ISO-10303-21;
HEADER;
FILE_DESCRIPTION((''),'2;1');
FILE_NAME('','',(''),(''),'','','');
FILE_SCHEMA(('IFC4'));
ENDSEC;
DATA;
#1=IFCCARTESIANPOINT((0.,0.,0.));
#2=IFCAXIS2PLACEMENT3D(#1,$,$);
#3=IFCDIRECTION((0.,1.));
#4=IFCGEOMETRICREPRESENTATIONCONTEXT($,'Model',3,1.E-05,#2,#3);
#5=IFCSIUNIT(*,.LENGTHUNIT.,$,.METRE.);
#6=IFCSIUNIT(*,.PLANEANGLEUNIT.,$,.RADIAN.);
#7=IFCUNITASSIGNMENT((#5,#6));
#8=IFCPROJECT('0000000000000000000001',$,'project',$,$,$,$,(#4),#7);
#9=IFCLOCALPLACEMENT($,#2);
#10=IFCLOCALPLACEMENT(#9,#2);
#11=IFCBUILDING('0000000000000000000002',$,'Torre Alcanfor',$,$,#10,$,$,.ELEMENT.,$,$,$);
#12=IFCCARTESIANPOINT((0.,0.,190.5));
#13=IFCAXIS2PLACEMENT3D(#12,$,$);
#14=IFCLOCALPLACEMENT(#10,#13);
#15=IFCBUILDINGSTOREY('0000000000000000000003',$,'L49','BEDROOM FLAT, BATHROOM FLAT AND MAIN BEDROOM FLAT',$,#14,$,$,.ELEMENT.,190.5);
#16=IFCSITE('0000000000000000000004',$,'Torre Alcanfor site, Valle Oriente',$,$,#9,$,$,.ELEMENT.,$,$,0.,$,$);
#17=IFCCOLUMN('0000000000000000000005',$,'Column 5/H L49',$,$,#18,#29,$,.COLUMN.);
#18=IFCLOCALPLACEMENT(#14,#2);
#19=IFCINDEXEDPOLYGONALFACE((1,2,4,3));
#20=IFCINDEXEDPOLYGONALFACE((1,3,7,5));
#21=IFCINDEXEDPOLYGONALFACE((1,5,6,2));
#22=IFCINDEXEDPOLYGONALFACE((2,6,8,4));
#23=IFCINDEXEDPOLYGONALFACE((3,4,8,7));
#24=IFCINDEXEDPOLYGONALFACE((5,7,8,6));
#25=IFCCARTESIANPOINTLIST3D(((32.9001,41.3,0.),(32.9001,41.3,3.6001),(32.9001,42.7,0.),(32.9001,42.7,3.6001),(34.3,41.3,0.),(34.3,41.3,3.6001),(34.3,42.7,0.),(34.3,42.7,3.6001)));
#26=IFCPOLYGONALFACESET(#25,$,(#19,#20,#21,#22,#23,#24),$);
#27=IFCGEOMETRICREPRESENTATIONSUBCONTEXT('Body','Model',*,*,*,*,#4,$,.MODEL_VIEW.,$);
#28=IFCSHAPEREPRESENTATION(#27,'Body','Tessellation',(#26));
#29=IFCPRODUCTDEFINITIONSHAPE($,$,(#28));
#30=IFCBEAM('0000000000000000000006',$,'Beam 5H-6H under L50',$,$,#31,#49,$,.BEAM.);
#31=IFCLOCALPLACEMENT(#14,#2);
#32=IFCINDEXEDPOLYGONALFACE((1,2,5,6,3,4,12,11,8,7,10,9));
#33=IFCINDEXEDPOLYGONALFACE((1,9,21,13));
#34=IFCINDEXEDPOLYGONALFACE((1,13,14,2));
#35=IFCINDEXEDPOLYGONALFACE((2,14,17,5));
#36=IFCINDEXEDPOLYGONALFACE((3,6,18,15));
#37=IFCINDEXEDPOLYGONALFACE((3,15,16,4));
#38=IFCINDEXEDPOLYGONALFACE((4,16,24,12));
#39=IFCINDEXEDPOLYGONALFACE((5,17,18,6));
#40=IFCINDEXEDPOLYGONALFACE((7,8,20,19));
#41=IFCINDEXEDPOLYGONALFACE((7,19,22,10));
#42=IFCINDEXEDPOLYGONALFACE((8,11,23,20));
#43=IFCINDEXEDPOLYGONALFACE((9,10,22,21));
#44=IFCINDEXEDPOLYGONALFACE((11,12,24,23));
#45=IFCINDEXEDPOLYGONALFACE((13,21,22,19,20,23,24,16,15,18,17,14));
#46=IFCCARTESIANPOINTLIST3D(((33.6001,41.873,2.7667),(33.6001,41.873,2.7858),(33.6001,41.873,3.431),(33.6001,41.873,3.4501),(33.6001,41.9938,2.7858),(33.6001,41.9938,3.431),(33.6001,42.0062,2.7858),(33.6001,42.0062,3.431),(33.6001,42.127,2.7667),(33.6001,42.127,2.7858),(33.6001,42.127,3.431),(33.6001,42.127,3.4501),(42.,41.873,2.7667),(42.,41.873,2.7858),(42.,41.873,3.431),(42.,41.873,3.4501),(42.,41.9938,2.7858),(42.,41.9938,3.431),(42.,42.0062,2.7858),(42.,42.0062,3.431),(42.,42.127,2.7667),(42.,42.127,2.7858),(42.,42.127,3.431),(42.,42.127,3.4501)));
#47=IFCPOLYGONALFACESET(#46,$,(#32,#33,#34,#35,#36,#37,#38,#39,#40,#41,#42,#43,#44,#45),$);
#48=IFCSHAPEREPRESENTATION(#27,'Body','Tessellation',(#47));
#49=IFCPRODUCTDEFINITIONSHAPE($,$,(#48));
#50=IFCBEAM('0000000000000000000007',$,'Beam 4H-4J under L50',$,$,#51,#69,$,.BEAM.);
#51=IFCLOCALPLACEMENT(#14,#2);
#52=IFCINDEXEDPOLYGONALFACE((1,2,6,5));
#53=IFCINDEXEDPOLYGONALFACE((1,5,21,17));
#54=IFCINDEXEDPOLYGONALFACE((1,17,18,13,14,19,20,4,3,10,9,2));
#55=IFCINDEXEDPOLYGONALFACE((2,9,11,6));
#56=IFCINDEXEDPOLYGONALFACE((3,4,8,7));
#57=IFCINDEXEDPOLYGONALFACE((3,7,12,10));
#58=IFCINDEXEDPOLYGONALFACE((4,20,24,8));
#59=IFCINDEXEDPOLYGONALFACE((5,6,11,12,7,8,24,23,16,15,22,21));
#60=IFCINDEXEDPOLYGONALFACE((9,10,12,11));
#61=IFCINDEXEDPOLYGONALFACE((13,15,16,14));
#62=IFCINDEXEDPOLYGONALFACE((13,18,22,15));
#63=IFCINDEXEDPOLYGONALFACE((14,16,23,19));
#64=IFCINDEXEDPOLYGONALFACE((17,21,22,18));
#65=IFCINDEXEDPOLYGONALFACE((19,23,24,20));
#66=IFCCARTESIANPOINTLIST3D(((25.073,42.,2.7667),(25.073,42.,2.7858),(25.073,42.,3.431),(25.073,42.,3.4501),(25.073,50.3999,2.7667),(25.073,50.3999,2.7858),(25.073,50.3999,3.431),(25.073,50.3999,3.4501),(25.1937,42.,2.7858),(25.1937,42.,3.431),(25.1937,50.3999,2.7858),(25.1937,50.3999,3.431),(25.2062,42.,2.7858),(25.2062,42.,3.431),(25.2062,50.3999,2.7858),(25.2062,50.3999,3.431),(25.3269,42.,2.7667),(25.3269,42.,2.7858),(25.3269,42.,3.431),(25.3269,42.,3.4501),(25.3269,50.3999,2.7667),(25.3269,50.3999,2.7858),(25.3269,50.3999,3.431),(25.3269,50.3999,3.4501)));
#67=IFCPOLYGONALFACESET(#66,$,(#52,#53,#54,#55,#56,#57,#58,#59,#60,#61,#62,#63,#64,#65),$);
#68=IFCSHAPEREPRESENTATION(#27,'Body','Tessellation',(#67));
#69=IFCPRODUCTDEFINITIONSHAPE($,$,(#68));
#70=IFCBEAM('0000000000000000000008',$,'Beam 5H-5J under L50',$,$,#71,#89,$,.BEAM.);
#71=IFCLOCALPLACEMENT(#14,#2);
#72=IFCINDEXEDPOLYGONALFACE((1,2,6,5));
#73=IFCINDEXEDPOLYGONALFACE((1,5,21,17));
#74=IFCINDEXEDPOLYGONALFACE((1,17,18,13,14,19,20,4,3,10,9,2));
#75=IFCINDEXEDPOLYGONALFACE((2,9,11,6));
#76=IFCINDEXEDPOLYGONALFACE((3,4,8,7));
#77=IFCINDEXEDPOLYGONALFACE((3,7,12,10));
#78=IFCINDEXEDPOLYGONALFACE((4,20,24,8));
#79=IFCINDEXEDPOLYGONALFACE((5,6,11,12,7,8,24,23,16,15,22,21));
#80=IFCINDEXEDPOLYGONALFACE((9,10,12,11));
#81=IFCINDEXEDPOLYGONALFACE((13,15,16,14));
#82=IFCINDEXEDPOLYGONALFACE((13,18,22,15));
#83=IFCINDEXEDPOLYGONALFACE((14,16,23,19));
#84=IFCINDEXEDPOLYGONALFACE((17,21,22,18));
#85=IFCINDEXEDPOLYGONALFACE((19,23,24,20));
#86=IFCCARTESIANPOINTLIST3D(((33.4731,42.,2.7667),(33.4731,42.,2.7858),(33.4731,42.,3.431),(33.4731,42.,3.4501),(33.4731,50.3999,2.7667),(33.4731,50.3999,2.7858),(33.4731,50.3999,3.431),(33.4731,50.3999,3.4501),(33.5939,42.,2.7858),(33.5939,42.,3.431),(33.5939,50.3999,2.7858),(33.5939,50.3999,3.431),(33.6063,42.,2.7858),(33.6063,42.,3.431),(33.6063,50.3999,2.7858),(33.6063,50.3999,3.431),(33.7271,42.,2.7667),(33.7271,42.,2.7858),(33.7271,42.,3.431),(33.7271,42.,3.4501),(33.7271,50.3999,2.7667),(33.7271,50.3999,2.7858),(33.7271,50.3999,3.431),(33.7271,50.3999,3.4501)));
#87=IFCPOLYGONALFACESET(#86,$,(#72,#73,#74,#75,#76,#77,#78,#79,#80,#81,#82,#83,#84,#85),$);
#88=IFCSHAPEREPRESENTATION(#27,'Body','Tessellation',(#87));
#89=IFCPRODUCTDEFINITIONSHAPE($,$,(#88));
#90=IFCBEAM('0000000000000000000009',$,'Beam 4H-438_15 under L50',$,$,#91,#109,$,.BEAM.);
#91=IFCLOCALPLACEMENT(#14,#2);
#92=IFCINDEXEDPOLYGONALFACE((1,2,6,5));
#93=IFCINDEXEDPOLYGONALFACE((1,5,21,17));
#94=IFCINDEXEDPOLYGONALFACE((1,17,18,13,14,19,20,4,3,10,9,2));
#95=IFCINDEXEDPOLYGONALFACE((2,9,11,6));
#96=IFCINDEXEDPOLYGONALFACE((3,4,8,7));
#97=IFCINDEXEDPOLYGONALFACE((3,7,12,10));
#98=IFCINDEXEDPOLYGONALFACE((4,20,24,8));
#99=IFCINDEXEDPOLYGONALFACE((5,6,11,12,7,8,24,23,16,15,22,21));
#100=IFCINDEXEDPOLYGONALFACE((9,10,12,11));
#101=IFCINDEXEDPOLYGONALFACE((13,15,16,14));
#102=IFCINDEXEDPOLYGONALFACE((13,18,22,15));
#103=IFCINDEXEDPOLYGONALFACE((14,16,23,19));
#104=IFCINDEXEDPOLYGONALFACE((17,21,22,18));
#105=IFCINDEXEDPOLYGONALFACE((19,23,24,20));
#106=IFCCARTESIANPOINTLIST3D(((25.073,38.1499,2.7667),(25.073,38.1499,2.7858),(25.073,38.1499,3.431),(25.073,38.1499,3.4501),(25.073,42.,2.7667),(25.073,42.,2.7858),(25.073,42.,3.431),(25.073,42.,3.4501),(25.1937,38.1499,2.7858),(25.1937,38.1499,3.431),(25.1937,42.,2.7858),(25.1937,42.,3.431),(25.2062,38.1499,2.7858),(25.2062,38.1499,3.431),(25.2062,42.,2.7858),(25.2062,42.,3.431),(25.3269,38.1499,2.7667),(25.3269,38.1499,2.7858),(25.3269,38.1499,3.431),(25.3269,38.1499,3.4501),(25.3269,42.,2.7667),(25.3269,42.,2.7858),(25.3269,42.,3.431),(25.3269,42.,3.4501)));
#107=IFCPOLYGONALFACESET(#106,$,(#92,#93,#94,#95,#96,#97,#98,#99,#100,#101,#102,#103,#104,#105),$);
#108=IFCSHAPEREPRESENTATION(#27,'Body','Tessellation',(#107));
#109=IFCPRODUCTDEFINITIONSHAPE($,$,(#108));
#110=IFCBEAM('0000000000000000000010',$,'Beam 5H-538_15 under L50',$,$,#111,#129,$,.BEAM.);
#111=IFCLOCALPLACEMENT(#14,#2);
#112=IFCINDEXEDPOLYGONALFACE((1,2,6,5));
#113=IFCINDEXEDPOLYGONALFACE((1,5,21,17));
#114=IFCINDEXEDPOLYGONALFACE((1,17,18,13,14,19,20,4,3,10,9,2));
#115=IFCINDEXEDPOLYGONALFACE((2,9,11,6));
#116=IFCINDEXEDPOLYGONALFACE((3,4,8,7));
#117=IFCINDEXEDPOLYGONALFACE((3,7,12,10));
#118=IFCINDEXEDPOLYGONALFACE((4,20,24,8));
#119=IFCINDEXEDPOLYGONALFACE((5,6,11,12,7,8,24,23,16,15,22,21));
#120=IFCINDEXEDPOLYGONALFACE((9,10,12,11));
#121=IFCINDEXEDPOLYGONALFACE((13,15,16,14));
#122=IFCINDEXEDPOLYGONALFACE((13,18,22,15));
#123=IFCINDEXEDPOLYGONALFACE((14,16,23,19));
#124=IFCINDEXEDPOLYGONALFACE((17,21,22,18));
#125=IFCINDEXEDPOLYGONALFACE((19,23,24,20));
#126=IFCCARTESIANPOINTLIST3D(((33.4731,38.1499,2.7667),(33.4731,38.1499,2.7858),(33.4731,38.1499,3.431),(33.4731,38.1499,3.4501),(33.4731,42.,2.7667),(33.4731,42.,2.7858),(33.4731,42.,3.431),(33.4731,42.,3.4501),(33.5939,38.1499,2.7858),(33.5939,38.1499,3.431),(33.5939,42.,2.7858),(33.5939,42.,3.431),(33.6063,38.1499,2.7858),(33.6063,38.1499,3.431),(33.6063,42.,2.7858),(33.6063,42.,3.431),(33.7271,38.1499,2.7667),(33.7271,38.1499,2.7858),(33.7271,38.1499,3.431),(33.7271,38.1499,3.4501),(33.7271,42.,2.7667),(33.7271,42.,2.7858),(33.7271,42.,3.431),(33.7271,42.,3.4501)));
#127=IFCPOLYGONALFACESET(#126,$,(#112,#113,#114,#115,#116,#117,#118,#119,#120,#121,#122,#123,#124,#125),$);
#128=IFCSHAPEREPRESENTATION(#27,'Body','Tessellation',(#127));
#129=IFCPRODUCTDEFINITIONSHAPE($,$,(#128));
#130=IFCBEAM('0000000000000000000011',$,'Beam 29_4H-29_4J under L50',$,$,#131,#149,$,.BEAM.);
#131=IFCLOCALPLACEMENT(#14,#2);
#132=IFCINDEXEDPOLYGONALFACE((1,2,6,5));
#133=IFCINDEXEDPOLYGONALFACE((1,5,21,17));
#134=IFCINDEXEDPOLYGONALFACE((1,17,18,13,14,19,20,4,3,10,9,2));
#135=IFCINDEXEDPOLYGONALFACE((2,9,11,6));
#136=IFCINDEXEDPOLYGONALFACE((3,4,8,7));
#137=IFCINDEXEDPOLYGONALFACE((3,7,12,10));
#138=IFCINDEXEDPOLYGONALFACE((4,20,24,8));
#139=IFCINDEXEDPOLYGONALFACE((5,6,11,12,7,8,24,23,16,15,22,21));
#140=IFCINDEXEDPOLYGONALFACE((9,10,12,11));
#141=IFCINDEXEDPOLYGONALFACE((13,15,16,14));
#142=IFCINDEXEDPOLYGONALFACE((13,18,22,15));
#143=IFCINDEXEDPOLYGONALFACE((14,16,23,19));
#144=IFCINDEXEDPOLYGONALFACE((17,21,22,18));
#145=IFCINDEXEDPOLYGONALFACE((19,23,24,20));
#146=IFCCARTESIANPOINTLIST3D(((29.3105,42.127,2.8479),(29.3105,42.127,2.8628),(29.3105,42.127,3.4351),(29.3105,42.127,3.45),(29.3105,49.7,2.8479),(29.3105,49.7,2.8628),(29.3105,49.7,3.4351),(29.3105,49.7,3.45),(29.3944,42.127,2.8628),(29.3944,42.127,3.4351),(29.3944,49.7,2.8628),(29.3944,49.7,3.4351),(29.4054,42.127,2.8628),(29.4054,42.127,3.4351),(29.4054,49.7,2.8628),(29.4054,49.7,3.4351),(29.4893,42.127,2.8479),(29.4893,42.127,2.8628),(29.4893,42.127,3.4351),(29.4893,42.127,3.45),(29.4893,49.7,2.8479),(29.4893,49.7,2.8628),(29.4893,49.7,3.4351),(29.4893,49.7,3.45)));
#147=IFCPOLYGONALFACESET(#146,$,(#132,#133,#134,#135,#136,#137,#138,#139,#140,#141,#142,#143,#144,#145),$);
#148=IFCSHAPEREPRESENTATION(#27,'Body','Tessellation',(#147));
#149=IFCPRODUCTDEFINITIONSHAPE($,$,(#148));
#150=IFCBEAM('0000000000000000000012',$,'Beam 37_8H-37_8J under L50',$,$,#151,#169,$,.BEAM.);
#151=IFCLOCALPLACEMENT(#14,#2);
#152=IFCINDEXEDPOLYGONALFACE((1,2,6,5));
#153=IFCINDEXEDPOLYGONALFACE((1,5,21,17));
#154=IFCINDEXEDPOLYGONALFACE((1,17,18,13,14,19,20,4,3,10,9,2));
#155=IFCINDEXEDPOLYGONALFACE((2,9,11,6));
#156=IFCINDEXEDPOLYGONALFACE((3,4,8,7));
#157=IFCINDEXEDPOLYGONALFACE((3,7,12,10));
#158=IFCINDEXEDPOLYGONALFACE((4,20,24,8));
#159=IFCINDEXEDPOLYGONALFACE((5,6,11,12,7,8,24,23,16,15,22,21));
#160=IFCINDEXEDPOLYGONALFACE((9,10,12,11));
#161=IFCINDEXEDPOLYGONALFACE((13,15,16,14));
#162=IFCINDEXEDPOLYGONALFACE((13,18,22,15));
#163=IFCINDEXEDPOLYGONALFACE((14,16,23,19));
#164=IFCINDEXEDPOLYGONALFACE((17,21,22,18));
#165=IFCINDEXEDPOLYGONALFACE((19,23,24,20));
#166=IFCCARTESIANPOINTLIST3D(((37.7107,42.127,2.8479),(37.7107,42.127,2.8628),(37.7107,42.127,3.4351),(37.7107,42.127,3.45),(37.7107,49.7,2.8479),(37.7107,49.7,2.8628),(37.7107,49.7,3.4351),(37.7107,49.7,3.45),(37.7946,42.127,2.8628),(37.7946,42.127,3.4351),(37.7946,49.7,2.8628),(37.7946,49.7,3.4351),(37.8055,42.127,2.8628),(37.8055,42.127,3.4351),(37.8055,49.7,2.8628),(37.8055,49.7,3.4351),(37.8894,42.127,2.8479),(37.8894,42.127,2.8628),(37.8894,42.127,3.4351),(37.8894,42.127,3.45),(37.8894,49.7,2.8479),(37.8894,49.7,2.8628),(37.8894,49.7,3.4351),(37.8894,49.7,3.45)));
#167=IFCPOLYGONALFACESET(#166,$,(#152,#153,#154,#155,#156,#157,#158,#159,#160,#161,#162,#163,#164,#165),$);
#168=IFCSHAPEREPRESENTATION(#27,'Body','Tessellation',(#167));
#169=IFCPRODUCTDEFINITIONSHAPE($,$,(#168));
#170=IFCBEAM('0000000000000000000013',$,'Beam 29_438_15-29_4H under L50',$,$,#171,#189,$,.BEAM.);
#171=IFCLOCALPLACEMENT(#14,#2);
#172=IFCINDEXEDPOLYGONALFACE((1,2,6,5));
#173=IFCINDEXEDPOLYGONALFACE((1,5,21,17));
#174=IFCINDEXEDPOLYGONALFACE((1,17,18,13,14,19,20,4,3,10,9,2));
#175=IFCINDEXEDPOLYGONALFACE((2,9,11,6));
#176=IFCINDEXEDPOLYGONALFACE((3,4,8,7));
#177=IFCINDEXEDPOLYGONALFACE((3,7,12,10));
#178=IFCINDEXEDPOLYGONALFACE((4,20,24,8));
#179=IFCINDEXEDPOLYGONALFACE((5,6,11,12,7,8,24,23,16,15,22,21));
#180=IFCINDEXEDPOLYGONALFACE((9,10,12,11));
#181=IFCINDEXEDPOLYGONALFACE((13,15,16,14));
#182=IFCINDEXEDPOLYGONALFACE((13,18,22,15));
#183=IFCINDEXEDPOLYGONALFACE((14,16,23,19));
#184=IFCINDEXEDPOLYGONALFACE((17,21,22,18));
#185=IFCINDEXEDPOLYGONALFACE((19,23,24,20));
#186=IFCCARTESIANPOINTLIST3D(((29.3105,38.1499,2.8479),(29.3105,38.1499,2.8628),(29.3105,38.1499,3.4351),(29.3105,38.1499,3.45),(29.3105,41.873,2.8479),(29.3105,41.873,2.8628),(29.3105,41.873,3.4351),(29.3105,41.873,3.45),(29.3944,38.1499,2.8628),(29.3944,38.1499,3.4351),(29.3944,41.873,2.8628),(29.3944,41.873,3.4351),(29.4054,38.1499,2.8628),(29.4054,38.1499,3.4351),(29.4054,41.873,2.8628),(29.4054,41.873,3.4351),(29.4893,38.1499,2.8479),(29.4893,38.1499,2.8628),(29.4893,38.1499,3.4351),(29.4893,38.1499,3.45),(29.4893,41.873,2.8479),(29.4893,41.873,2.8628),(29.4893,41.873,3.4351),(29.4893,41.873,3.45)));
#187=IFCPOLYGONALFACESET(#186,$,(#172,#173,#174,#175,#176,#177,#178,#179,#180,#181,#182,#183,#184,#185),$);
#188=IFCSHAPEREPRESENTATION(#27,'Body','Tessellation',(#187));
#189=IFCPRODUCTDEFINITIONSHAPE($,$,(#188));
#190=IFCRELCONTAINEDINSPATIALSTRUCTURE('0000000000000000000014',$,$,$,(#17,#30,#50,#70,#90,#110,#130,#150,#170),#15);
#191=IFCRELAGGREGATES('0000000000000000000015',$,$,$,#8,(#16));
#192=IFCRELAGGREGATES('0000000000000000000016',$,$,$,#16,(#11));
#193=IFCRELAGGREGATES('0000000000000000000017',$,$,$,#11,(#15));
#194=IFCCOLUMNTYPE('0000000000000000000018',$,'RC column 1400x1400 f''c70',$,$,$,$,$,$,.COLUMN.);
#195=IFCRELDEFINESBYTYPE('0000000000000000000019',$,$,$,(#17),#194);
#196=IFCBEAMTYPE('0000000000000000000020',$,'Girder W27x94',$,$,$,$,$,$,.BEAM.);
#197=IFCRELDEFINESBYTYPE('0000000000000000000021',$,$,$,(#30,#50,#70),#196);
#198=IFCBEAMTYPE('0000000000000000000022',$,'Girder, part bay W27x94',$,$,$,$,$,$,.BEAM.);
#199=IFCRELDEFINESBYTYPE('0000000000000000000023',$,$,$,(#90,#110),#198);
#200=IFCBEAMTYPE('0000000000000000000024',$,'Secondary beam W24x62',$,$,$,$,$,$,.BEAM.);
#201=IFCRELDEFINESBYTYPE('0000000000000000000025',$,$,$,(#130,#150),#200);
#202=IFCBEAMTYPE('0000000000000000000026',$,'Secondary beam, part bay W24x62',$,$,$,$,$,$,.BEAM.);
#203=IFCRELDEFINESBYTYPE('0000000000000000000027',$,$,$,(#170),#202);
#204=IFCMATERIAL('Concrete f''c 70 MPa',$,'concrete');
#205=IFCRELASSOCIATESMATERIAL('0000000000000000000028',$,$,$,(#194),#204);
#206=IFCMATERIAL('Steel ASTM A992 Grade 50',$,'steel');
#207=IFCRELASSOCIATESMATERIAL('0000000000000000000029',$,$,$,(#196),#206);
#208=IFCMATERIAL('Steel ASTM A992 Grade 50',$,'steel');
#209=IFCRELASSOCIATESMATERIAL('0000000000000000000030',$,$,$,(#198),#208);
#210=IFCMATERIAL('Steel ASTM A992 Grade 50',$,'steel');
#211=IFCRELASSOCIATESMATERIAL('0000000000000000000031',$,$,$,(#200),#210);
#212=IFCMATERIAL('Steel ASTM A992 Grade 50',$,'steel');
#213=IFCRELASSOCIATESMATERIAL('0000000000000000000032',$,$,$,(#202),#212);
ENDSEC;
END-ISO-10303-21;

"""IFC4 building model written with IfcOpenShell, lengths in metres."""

from ifc_helpers import new_model, si_unit, direction, frame, origin, origin_2d, place, context, subcontext, project, spatial, rectangle, i_section, extrude, material, material_profile, profile_set, type_object, element, save


model = new_model("IFC4")

# Units and contexts
model_context = context("Model", 3, precision=1e-05, world=origin(), true_north=direction((0.0, 1.0)))
body_context = subcontext(model_context, "Body", "Model", "MODEL_VIEW")
ifc_project = project(units=[si_unit("LENGTHUNIT", "METRE"), si_unit("PLANEANGLEUNIT", "RADIAN")], contexts=[model_context])

# Site, building, storey
site_placement = place(None, origin())
site = spatial("IfcSite", under=ifc_project, at=site_placement, Name="Torre Alcanfor site, Valle Oriente", CompositionType="ELEMENT", RefElevation=0.0)
building_placement = place(site_placement, origin())
building = spatial("IfcBuilding", under=site, at=building_placement, Name="Torre Alcanfor", CompositionType="ELEMENT")
storey_placement = place(building_placement, frame((0.0, 0.0, 190.5)))
storey = spatial("IfcBuildingStorey", under=building, at=storey_placement, Name="L49", Description="BEDROOM FLAT, BATHROOM FLAT AND MAIN BEDROOM FLAT", CompositionType="ELEMENT", Elevation=190.5)

# Column
ifc_material_1 = material(Name="Concrete f'c 70 MPa", Category="concrete")
ifc_material_profile_1 = material_profile(ifc_material_1, rectangle(XDim=1.3999, YDim=1.3999, at=origin_2d()), Name="1400x1400")
ifc_profile_set_1 = profile_set([ifc_material_profile_1], Name="Concrete f'c 70 MPa")
column_type = type_object("IfcColumnType", Name="RC column 1400x1400 f'c70", PredefinedType="COLUMN", material=ifc_profile_set_1)
column_placement = place(storey_placement, frame((33.6001, 42.0, 0.0), z_axis=(0.0, 0.0, 1.0), x_axis=(1.0, 0.0, 0.0)))
element("IfcColumn", 1, at=column_placement, inside=storey, type_object=column_type, Name="Column 5/H L49", PredefinedType="COLUMN", context=body_context, shape_type="SweptSolid", body=[
    extrude(rectangle(XDim=1.3999, YDim=1.3999, at=origin_2d()), origin(), (0.0, 0.0, 1.0), 3.6001),
])

# Beams
ifc_material_2 = material(Name="Steel ASTM A992 Grade 50", Category="steel")
ifc_material_profile_2 = material_profile(ifc_material_2, i_section(OverallWidth=0.2539, OverallDepth=0.6833, WebThickness=0.0125, FlangeThickness=0.019, at=origin_2d()), Name="W27x94")
ifc_profile_set_2 = profile_set([ifc_material_profile_2], Name="Steel ASTM A992 Grade 50")
beam_type_1 = type_object("IfcBeamType", Name="Girder W27x94", PredefinedType="BEAM", material=ifc_profile_set_2)
for number, where, z_axis, x_axis, name in (
    (2, (33.6001, 42.0, 3.1084), (1.0, 0.0, 0.0), (0.0, 1.0, 0.0), "Beam 5H-6H under L50"),
    (3, (25.2, 42.0, 3.1084), (0.0, 1.0, 0.0), (-1.0, 0.0, 0.0), "Beam 4H-4J under L50"),
    (4, (33.6001, 42.0, 3.1084), (0.0, 1.0, 0.0), (-1.0, 0.0, 0.0), "Beam 5H-5J under L50"),
):
    element("IfcBeam", number, at=place(storey_placement, frame(where, z_axis=z_axis, x_axis=x_axis)), inside=storey, type_object=beam_type_1, Name=name, PredefinedType="BEAM", context=body_context, shape_type="SweptSolid", body=[
        extrude(i_section(OverallWidth=0.2539, OverallDepth=0.6833, WebThickness=0.0125, FlangeThickness=0.019, at=origin_2d()), origin(), (0.0, 0.0, 1.0), 8.3999),
    ])
ifc_material_3 = material(Name="Steel ASTM A992 Grade 50", Category="steel")
ifc_material_profile_3 = material_profile(ifc_material_3, i_section(OverallWidth=0.2539, OverallDepth=0.6833, WebThickness=0.0125, FlangeThickness=0.019, at=origin_2d()), Name="W27x94")
ifc_profile_set_3 = profile_set([ifc_material_profile_3], Name="Steel ASTM A992 Grade 50")
beam_type_2 = type_object("IfcBeamType", Name="Girder, part bay W27x94", PredefinedType="BEAM", material=ifc_profile_set_3)
for number, where, z_axis, x_axis, name in (
    (5, (25.2, 42.0, 3.1084), (0.0, -1.0, 0.0), (1.0, 0.0, 0.0), "Beam 4H-438_15 under L50"),
    (6, (33.6001, 42.0, 3.1084), (0.0, -1.0, 0.0), (1.0, 0.0, 0.0), "Beam 5H-538_15 under L50"),
):
    element("IfcBeam", number, at=place(storey_placement, frame(where, z_axis=z_axis, x_axis=x_axis)), inside=storey, type_object=beam_type_2, Name=name, PredefinedType="BEAM", context=body_context, shape_type="SweptSolid", body=[
        extrude(i_section(OverallWidth=0.2539, OverallDepth=0.6833, WebThickness=0.0125, FlangeThickness=0.019, at=origin_2d()), origin(), (0.0, 0.0, 1.0), 3.8501),
    ])
ifc_material_4 = material(Name="Steel ASTM A992 Grade 50", Category="steel")
ifc_material_profile_4 = material_profile(ifc_material_4, i_section(OverallWidth=0.1787, OverallDepth=0.6021, WebThickness=0.011, FlangeThickness=0.0149, at=origin_2d()), Name="W24x62")
ifc_profile_set_4 = profile_set([ifc_material_profile_4], Name="Steel ASTM A992 Grade 50")
beam_type_3 = type_object("IfcBeamType", Name="Secondary beam W24x62", PredefinedType="BEAM", material=ifc_profile_set_4)
for number, where, z_axis, x_axis, name in (
    (7, (29.3999, 42.127, 3.1489), (0.0, 1.0, 0.0), (-1.0, 0.0, 0.0), "Beam 29_4H-29_4J under L50"),
    (8, (37.8, 42.127, 3.1489), (0.0, 1.0, 0.0), (-1.0, 0.0, 0.0), "Beam 37_8H-37_8J under L50"),
):
    element("IfcBeam", number, at=place(storey_placement, frame(where, z_axis=z_axis, x_axis=x_axis)), inside=storey, type_object=beam_type_3, Name=name, PredefinedType="BEAM", context=body_context, shape_type="SweptSolid", body=[
        extrude(i_section(OverallWidth=0.1787, OverallDepth=0.6021, WebThickness=0.011, FlangeThickness=0.0149, at=origin_2d()), origin(), (0.0, 0.0, 1.0), 7.573),
    ])
ifc_material_5 = material(Name="Steel ASTM A992 Grade 50", Category="steel")
ifc_material_profile_5 = material_profile(ifc_material_5, i_section(OverallWidth=0.1787, OverallDepth=0.6021, WebThickness=0.011, FlangeThickness=0.0149, at=origin_2d()), Name="W24x62")
ifc_profile_set_5 = profile_set([ifc_material_profile_5], Name="Steel ASTM A992 Grade 50")
beam_type_4 = type_object("IfcBeamType", Name="Secondary beam, part bay W24x62", PredefinedType="BEAM", material=ifc_profile_set_5)
for number, where, z_axis, x_axis, name in (
    (9, (29.3999, 38.1499, 3.1489), (0.0, 1.0, 0.0), (-1.0, 0.0, 0.0), "Beam 29_438_15-29_4H under L50"),
):
    element("IfcBeam", number, at=place(storey_placement, frame(where, z_axis=z_axis, x_axis=x_axis)), inside=storey, type_object=beam_type_4, Name=name, PredefinedType="BEAM", context=body_context, shape_type="SweptSolid", body=[
        extrude(i_section(OverallWidth=0.1787, OverallDepth=0.6021, WebThickness=0.011, FlangeThickness=0.0149, at=origin_2d()), origin(), (0.0, 0.0, 1.0), 3.7231),
    ])

save(model, "model.ifc")
